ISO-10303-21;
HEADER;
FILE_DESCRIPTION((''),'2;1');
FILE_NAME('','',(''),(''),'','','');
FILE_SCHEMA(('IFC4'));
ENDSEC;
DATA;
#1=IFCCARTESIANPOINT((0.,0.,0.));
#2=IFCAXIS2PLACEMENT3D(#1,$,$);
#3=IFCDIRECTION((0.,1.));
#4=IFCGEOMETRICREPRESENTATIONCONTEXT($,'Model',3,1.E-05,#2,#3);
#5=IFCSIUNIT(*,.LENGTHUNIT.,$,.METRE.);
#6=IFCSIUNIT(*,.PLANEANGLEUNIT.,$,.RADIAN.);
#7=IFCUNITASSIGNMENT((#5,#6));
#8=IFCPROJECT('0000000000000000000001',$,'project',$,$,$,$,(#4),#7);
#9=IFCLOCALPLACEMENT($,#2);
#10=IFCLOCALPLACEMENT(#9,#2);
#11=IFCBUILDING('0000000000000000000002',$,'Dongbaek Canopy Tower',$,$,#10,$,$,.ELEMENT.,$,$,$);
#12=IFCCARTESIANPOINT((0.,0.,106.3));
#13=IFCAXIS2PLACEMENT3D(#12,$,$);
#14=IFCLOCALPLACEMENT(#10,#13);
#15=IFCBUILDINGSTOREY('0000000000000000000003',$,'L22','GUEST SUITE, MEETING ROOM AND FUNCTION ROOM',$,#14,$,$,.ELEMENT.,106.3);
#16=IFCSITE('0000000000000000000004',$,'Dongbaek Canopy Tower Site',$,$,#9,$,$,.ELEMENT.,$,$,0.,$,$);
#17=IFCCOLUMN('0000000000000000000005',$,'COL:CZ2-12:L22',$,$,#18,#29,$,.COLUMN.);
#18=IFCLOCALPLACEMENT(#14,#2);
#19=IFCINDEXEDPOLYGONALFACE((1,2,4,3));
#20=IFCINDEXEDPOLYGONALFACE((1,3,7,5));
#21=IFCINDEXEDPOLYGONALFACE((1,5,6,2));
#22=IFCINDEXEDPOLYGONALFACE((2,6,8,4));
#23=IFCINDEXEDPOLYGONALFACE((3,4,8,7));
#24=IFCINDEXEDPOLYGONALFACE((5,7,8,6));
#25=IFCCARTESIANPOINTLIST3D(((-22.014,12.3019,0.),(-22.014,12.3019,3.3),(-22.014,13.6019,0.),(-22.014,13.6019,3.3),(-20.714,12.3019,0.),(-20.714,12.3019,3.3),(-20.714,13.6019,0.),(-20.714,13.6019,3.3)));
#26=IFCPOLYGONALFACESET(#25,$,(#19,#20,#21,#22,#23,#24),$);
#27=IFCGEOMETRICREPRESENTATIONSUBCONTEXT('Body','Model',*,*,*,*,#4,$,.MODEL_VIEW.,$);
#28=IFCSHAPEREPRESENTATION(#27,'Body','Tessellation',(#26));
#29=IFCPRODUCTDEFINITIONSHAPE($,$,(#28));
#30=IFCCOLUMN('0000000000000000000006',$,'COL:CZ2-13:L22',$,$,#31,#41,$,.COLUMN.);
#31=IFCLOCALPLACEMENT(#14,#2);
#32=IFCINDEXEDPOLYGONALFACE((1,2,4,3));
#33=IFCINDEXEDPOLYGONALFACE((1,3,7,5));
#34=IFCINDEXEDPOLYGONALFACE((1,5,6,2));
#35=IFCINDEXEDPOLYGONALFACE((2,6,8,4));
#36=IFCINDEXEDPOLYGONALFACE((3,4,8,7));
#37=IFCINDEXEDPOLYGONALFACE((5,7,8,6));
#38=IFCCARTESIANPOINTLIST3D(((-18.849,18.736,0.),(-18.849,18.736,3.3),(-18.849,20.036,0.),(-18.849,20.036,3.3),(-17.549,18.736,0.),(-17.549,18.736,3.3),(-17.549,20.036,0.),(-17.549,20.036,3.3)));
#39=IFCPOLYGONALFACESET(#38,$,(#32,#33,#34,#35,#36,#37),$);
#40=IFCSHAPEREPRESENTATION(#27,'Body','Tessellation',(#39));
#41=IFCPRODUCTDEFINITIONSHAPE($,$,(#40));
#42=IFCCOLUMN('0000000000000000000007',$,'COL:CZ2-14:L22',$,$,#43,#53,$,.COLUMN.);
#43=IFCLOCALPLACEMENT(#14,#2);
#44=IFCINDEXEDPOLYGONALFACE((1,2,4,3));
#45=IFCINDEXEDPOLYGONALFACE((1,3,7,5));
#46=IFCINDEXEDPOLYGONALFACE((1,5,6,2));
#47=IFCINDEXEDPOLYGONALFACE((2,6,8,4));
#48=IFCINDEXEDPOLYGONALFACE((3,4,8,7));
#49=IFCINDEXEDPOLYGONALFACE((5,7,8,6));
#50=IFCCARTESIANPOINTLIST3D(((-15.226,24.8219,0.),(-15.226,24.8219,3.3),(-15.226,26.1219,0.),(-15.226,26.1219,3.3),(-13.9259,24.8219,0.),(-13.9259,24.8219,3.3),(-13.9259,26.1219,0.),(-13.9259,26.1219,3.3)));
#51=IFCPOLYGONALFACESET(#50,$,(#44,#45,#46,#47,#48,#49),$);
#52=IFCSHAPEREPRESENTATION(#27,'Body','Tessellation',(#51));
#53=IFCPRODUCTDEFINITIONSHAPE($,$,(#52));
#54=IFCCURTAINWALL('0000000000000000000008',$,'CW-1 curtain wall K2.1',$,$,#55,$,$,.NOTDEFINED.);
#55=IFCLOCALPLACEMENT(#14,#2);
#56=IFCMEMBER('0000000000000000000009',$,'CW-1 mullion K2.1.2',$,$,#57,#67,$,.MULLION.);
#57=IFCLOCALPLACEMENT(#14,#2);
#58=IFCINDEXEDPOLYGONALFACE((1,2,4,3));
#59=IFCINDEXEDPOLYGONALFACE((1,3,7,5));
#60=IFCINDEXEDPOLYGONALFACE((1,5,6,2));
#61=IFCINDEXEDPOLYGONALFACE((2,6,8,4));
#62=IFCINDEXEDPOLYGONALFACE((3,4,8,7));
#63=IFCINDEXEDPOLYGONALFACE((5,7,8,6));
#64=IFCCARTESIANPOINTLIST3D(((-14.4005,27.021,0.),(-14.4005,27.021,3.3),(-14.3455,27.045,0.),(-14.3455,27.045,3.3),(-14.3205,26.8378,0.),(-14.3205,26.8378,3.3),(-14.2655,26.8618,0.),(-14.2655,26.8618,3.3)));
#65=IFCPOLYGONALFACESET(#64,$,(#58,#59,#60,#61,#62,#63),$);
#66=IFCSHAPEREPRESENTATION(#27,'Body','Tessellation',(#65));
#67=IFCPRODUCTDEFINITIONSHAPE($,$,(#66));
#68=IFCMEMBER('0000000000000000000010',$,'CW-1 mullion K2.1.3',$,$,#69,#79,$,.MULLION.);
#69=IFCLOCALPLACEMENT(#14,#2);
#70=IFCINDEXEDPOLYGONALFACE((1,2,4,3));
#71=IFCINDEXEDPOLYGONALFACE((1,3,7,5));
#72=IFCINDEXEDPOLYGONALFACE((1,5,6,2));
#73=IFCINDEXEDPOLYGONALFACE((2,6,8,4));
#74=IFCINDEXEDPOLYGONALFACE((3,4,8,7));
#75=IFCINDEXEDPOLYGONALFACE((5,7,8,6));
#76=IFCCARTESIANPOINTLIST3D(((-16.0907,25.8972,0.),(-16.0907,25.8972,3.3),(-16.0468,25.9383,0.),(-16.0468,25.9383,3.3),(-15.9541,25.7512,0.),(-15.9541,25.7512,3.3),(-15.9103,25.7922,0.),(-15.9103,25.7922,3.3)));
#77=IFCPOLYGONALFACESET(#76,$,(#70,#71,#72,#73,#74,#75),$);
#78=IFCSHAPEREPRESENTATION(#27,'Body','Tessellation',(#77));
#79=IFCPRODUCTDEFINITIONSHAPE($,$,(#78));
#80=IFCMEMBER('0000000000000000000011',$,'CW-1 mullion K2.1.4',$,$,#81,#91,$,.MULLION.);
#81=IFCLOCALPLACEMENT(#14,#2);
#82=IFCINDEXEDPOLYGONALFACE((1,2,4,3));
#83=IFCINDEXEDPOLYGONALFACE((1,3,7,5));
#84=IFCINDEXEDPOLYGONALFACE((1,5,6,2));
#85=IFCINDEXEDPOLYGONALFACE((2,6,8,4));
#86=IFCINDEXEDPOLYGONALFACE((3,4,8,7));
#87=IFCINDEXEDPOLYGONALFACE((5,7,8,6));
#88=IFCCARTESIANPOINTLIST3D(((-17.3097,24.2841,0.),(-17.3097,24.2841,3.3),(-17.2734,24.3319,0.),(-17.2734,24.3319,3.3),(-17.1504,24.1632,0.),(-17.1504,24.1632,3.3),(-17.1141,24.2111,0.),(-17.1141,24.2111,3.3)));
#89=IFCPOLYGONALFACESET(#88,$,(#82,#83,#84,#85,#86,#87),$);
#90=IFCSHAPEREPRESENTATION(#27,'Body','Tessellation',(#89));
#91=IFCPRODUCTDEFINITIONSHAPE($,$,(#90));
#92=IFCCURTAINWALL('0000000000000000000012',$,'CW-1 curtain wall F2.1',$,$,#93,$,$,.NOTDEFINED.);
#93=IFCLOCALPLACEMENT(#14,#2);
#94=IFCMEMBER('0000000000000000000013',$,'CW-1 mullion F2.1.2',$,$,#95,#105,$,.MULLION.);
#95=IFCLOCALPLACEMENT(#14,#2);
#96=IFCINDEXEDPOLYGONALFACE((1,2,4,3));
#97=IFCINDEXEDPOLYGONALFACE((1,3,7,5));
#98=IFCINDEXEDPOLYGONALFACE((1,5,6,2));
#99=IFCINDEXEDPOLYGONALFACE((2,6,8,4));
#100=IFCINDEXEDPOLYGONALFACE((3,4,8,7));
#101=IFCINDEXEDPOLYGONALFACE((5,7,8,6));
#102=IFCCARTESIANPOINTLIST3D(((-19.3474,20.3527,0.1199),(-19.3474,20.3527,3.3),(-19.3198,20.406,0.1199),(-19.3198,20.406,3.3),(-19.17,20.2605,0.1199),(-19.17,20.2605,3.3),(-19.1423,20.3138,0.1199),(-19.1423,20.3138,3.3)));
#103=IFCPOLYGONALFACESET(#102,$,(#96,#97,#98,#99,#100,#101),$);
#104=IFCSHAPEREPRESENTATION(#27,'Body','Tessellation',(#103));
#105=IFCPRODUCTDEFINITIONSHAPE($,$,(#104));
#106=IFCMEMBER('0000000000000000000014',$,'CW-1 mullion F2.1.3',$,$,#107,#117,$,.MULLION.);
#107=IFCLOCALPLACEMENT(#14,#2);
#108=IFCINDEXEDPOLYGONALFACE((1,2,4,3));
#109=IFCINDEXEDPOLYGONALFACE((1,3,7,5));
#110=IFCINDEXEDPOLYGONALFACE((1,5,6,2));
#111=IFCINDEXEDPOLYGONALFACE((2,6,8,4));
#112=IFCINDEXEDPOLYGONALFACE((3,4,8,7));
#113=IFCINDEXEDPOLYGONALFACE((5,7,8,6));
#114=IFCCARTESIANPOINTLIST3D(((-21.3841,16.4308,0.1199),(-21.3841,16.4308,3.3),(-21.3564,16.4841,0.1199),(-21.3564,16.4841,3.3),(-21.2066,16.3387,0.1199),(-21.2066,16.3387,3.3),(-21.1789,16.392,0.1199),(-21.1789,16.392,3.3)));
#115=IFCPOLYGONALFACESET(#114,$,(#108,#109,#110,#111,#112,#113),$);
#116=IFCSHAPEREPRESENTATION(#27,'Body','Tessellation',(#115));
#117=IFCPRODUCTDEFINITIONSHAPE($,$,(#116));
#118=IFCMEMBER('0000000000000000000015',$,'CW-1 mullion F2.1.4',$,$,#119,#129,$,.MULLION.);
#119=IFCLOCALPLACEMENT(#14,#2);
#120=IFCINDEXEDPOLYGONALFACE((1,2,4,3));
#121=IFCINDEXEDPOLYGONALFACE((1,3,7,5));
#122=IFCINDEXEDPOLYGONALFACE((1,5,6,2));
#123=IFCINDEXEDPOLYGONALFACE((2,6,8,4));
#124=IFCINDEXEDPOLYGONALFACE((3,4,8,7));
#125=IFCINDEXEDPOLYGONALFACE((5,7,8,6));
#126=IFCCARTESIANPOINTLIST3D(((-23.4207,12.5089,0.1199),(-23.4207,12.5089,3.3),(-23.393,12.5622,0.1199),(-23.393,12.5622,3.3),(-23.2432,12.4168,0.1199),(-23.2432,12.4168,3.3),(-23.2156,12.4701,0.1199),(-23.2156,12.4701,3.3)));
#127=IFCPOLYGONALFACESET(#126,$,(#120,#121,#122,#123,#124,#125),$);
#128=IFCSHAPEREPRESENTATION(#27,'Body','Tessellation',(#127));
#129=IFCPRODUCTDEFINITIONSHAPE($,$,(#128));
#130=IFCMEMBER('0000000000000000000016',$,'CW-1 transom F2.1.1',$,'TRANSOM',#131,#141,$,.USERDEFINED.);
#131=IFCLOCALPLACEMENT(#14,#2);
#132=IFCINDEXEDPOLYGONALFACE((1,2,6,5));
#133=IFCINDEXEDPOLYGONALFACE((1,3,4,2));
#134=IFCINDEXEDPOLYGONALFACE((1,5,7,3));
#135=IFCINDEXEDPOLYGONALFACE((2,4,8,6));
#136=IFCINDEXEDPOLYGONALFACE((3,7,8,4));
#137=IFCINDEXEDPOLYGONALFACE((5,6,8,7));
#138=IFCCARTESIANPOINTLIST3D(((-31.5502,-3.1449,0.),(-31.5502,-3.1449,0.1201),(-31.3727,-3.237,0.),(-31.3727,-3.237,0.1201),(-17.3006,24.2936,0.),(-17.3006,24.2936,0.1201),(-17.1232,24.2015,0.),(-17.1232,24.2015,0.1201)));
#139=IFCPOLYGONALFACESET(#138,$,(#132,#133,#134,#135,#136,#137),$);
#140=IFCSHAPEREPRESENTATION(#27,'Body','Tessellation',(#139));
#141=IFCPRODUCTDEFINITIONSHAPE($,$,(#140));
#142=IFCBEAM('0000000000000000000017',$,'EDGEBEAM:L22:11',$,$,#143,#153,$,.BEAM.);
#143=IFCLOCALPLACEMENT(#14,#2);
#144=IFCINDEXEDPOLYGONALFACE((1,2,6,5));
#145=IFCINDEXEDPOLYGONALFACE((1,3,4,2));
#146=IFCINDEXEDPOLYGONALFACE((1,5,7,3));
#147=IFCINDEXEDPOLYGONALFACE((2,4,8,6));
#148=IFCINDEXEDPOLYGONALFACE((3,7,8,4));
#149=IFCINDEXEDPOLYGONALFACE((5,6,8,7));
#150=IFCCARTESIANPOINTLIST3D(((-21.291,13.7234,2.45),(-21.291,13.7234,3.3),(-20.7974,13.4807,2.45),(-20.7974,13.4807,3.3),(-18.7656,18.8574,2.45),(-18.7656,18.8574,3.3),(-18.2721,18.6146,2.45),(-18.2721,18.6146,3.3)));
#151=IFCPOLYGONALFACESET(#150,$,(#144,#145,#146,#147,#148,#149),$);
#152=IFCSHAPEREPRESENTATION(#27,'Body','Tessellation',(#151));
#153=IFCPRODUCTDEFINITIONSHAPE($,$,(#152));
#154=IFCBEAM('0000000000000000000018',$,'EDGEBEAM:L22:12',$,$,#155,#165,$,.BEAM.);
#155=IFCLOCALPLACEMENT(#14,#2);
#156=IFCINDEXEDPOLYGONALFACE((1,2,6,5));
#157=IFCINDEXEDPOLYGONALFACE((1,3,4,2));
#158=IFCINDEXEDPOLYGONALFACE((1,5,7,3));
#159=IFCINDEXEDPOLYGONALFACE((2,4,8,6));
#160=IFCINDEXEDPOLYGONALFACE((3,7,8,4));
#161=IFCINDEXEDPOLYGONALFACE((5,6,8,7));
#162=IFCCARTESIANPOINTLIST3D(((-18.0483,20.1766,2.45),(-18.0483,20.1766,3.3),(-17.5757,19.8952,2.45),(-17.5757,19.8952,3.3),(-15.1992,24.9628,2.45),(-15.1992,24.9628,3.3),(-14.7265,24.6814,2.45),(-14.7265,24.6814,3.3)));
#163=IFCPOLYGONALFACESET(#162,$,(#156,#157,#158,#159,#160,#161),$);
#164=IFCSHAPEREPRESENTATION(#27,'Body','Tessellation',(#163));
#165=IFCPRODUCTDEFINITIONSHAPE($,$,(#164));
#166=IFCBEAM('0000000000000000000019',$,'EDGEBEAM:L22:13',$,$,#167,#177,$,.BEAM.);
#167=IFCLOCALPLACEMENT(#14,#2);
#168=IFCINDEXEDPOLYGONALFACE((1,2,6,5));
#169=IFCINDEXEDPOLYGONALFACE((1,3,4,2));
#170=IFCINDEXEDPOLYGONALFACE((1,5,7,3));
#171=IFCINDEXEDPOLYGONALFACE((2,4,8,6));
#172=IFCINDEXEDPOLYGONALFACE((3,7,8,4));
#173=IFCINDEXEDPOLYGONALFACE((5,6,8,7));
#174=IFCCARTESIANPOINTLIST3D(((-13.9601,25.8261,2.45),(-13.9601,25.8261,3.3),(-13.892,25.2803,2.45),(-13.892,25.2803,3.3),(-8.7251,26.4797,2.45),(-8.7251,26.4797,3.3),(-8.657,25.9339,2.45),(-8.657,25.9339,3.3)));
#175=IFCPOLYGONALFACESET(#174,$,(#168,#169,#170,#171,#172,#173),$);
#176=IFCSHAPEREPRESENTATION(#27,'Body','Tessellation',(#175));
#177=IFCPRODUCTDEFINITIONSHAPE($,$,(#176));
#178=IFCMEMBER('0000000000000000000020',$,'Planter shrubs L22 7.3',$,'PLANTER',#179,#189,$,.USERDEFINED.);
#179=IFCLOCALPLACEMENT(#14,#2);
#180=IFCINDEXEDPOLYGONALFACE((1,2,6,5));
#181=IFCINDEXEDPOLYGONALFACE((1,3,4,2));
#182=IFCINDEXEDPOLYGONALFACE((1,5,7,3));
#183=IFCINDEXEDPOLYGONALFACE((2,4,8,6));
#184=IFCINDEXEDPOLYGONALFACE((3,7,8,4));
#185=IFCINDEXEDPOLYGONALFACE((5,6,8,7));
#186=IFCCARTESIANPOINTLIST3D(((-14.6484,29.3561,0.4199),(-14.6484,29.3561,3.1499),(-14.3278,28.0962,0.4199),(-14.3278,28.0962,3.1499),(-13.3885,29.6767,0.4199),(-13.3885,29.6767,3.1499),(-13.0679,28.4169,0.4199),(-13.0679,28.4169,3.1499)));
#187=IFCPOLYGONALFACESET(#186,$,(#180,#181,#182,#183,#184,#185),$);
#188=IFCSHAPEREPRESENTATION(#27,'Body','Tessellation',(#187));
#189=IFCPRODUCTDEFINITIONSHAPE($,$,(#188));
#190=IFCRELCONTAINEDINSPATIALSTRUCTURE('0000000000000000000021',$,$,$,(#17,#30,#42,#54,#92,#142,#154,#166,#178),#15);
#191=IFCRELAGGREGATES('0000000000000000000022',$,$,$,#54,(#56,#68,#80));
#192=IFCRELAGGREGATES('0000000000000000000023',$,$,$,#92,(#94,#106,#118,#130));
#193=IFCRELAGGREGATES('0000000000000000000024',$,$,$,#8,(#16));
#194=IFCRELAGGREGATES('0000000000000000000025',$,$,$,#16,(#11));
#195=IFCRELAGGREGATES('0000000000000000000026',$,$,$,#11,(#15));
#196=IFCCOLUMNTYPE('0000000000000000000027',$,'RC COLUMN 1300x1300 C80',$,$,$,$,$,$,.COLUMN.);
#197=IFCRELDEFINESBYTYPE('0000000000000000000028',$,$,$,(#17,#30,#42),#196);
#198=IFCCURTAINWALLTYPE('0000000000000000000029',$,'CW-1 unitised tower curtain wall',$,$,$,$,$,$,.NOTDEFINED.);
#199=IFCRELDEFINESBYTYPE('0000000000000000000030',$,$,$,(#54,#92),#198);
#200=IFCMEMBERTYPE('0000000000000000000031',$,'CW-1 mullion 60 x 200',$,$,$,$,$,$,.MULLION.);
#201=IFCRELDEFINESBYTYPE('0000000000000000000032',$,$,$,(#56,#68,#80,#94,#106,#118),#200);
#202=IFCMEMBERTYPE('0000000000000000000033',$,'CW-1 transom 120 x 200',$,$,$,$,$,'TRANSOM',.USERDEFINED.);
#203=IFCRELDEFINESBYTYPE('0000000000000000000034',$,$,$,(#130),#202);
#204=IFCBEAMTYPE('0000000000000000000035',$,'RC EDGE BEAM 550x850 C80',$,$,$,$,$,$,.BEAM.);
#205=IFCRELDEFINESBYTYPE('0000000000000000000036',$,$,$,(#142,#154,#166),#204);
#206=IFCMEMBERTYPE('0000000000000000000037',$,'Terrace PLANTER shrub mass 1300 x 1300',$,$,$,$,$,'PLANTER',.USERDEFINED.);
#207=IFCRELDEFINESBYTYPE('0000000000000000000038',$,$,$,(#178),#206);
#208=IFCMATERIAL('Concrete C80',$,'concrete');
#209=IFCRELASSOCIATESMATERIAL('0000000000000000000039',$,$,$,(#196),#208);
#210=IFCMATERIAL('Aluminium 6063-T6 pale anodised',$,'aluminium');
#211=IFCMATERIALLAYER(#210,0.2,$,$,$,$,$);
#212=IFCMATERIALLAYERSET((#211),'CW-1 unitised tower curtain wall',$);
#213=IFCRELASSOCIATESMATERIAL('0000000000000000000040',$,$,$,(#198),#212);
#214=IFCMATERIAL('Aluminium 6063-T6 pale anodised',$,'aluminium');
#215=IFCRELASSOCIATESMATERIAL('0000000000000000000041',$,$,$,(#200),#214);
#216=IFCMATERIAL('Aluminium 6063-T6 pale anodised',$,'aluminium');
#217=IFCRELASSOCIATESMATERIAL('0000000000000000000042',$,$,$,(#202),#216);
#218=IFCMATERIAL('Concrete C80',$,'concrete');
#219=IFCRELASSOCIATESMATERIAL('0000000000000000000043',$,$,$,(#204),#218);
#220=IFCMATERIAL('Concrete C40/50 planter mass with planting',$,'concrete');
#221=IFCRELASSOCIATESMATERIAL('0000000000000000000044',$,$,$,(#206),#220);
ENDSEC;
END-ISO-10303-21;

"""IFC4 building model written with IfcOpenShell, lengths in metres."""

from ifc_helpers import new_model, si_unit, direction, frame, origin, origin_2d, place, context, subcontext, project, spatial, rectangle, extrude, material, layer, layer_set, material_profile, profile_set, type_object, element, aggregate, save


model = new_model("IFC4")

# Units and contexts
model_context = context("Model", 3, precision=1e-05, world=origin(), true_north=direction((0.0, 1.0)))
body_context = subcontext(model_context, "Body", "Model", "MODEL_VIEW")
ifc_project = project(units=[si_unit("LENGTHUNIT", "METRE"), si_unit("PLANEANGLEUNIT", "RADIAN")], contexts=[model_context])

# Site, building, storey
site_placement = place(None, origin())
site = spatial("IfcSite", under=ifc_project, at=site_placement, Name="Dongbaek Canopy Tower Site", CompositionType="ELEMENT", RefElevation=0.0)
building_placement = place(site_placement, origin())
building = spatial("IfcBuilding", under=site, at=building_placement, Name="Dongbaek Canopy Tower", CompositionType="ELEMENT")
storey_placement = place(building_placement, frame((0.0, 0.0, 106.3)))
storey = spatial("IfcBuildingStorey", under=building, at=storey_placement, Name="L22", Description="GUEST SUITE, MEETING ROOM AND FUNCTION ROOM", CompositionType="ELEMENT", Elevation=106.3)

# Columns
ifc_material_1 = material(Name="Concrete C80", Category="concrete")
ifc_material_profile_1 = material_profile(ifc_material_1, rectangle(XDim=1.3, YDim=1.3, at=origin_2d()), Name="RC COLUMN 1300x1300 C80")
ifc_profile_set_1 = profile_set([ifc_material_profile_1], Name="Concrete C80")
column_type = type_object("IfcColumnType", Name="RC COLUMN 1300x1300 C80", PredefinedType="COLUMN", material=ifc_profile_set_1)
for number, where, z_axis, x_axis, name in (
    (1, (-21.364, 12.9519, 0.0), (0.0, 0.0, 1.0), (1.0, 0.0, 0.0), "COL:CZ2-12:L22"),
    (2, (-18.199, 19.386, 0.0), (0.0, 0.0, 1.0), (1.0, 0.0, 0.0), "COL:CZ2-13:L22"),
    (3, (-14.5759, 25.4719, 0.0), (0.0, 0.0, 1.0), (1.0, 0.0, 0.0), "COL:CZ2-14:L22"),
):
    element("IfcColumn", number, at=place(storey_placement, frame(where, z_axis=z_axis, x_axis=x_axis)), inside=storey, type_object=column_type, Name=name, PredefinedType="COLUMN", context=body_context, shape_type="SweptSolid", body=[
        extrude(rectangle(XDim=1.3, YDim=1.3, at=origin_2d()), origin(), (0.0, 0.0, 1.0), 3.3),
    ])

# Curtain walls, members
ifc_material_2 = material(Name="Aluminium 6063-T6 pale anodised", Category="aluminium")
ifc_layer_1 = layer(ifc_material_2, 0.2)
ifc_layer_set_1 = layer_set([ifc_layer_1], Name="CW-1 unitised tower curtain wall")
curtain_wall_type = type_object("IfcCurtainWallType", Name="CW-1 unitised tower curtain wall", PredefinedType="NOTDEFINED", material=ifc_layer_set_1)
curtain_wall_1_placement = place(storey_placement, origin())
curtain_wall_1 = element("IfcCurtainWall", 4, at=curtain_wall_1_placement, inside=storey, type_object=curtain_wall_type, Name="CW-1 curtain wall K2.1", PredefinedType="NOTDEFINED")
ifc_material_3 = material(Name="Aluminium 6063-T6 pale anodised", Category="aluminium")
ifc_material_profile_2 = material_profile(ifc_material_3, rectangle(XDim=0.2, YDim=0.0601, at=origin_2d()), Name="CW-1 mullion 60 x 200")
ifc_profile_set_2 = profile_set([ifc_material_profile_2], Name="Aluminium 6063-T6 pale anodised")
member_type_1 = type_object("IfcMemberType", Name="CW-1 mullion 60 x 200", PredefinedType="MULLION", material=ifc_profile_set_2)
member_1_placement = place(storey_placement, frame((-14.333, 26.9414, 0.0), z_axis=(0.0, 0.0, 1.0), x_axis=(-0.400265, 0.916399, 0.0)))
member_1 = element("IfcMember", 5, at=member_1_placement, type_object=member_type_1, Name="CW-1 mullion K2.1.2", PredefinedType="MULLION", context=body_context, shape_type="SweptSolid", body=[
    extrude(rectangle(XDim=0.2, YDim=0.0601, at=origin_2d()), origin(), (0.0, 0.0, 1.0), 3.3),
])
member_2_placement = place(storey_placement, frame((-16.0005, 25.8447, 0.0), z_axis=(0.0, 0.0, 1.0), x_axis=(-0.682961, 0.730455, 0.0)))
member_2 = element("IfcMember", 6, at=member_2_placement, type_object=member_type_1, Name="CW-1 mullion K2.1.3", PredefinedType="MULLION", context=body_context, shape_type="SweptSolid", body=[
    extrude(rectangle(XDim=0.2, YDim=0.0601, at=origin_2d()), origin(), (0.0, 0.0, 1.0), 3.3),
])
member_3_placement = place(storey_placement, frame((-17.2119, 24.2476, 0.0), z_axis=(0.0, 0.0, 1.0), x_axis=(-0.796696, 0.60438, 0.0)))
member_3 = element("IfcMember", 7, at=member_3_placement, type_object=member_type_1, Name="CW-1 mullion K2.1.4", PredefinedType="MULLION", context=body_context, shape_type="SweptSolid", body=[
    extrude(rectangle(XDim=0.2, YDim=0.0601, at=origin_2d()), origin(), (0.0, 0.0, 1.0), 3.3),
])
curtain_wall_2_placement = place(storey_placement, origin())
curtain_wall_2 = element("IfcCurtainWall", 8, at=curtain_wall_2_placement, inside=storey, type_object=curtain_wall_type, Name="CW-1 curtain wall F2.1", PredefinedType="NOTDEFINED")
member_4_placement = place(storey_placement, frame((-19.2449, 20.3333, 0.1199), z_axis=(0.0, 0.0, 1.0), x_axis=(-0.887463, 0.46088, 0.0)))
member_4 = element("IfcMember", 9, at=member_4_placement, type_object=member_type_1, Name="CW-1 mullion F2.1.2", PredefinedType="MULLION", context=body_context, shape_type="SweptSolid", body=[
    extrude(rectangle(XDim=0.2, YDim=0.0601, at=origin_2d()), origin(), (0.0, 0.0, 1.0), 3.1802),
])
member_5_placement = place(storey_placement, frame((-21.2815, 16.4114, 0.1199), z_axis=(0.0, 0.0, 1.0), x_axis=(-0.887463, 0.46088, 0.0)))
member_5 = element("IfcMember", 10, at=member_5_placement, type_object=member_type_1, Name="CW-1 mullion F2.1.3", PredefinedType="MULLION", context=body_context, shape_type="SweptSolid", body=[
    extrude(rectangle(XDim=0.2, YDim=0.0601, at=origin_2d()), origin(), (0.0, 0.0, 1.0), 3.1802),
])
member_6_placement = place(storey_placement, frame((-23.3181, 12.4895, 0.1199), z_axis=(0.0, 0.0, 1.0), x_axis=(-0.887463, 0.46088, 0.0)))
member_6 = element("IfcMember", 11, at=member_6_placement, type_object=member_type_1, Name="CW-1 mullion F2.1.4", PredefinedType="MULLION", context=body_context, shape_type="SweptSolid", body=[
    extrude(rectangle(XDim=0.2, YDim=0.0601, at=origin_2d()), origin(), (0.0, 0.0, 1.0), 3.1802),
])
ifc_material_4 = material(Name="Aluminium 6063-T6 pale anodised", Category="aluminium")
ifc_material_profile_3 = material_profile(ifc_material_4, rectangle(XDim=0.2, YDim=0.1201, at=origin_2d()), Name="CW-1 transom 120 x 200")
ifc_profile_set_3 = profile_set([ifc_material_profile_3], Name="Aluminium 6063-T6 pale anodised")
member_type_2 = type_object("IfcMemberType", Name="CW-1 transom 120 x 200", ElementType="TRANSOM", PredefinedType="USERDEFINED", material=ifc_profile_set_3)
member_7_placement = place(storey_placement, frame((-17.2119, 24.2476, 0.0601), z_axis=(-0.460882, -0.887462, 0.0), x_axis=(0.887462, -0.460882, 0.0)))
member_7 = element("IfcMember", 12, at=member_7_placement, type_object=member_type_2, Name="CW-1 transom F2.1.1", ObjectType="TRANSOM", PredefinedType="USERDEFINED", context=body_context, shape_type="SweptSolid", body=[
    extrude(rectangle(XDim=0.2, YDim=0.1201, at=origin_2d()), origin(), (0.0, 0.0, 1.0), 30.918),
])

# Beams
ifc_material_5 = material(Name="Concrete C80", Category="concrete")
ifc_material_profile_4 = material_profile(ifc_material_5, rectangle(XDim=0.55, YDim=0.8501, at=origin_2d()), Name="RC EDGE BEAM 550x850 C80")
ifc_profile_set_4 = profile_set([ifc_material_profile_4], Name="Concrete C80")
beam_type = type_object("IfcBeamType", Name="RC EDGE BEAM 550x850 C80", PredefinedType="BEAM", material=ifc_profile_set_4)
beam_1_placement = place(storey_placement, frame((-21.0442, 13.6021, 2.875), z_axis=(0.441384, 0.897318, 0.0), x_axis=(-0.897318, 0.441384, 0.0)))
element("IfcBeam", 13, at=beam_1_placement, inside=storey, type_object=beam_type, Name="EDGEBEAM:L22:11", PredefinedType="BEAM", context=body_context, shape_type="SweptSolid", body=[
    extrude(rectangle(XDim=0.55, YDim=0.8501, at=origin_2d()), origin(), (0.0, 0.0, 1.0), 5.7214),
])
beam_2_placement = place(storey_placement, frame((-17.812, 20.0359, 2.875), z_axis=(0.511515, 0.859275, 0.0), x_axis=(-0.859275, 0.511515, 0.0)))
element("IfcBeam", 14, at=beam_2_placement, inside=storey, type_object=beam_type, Name="EDGEBEAM:L22:12", PredefinedType="BEAM", context=body_context, shape_type="SweptSolid", body=[
    extrude(rectangle(XDim=0.55, YDim=0.8501, at=origin_2d()), origin(), (0.0, 0.0, 1.0), 5.5701),
])
beam_3_placement = place(storey_placement, frame((-13.926, 25.5532, 2.875), z_axis=(0.992297, 0.123881, 0.0), x_axis=(-0.123881, 0.992297, 0.0)))
element("IfcBeam", 15, at=beam_3_placement, inside=storey, type_object=beam_type, Name="EDGEBEAM:L22:13", PredefinedType="BEAM", context=body_context, shape_type="SweptSolid", body=[
    extrude(rectangle(XDim=0.55, YDim=0.8501, at=origin_2d()), origin(), (0.0, 0.0, 1.0), 5.2756),
])

# Member
ifc_material_6 = material(Name="Concrete C40/50 planter mass with planting", Category="concrete")
ifc_material_profile_5 = material_profile(ifc_material_6, rectangle(XDim=1.3, YDim=1.3, at=origin_2d()), Name="Terrace PLANTER shrub mass 1300 x 1300")
ifc_profile_set_5 = profile_set([ifc_material_profile_5], Name="Concrete C40/50 planter mass with planting")
member_type_3 = type_object("IfcMemberType", Name="Terrace PLANTER shrub mass 1300 x 1300", ElementType="PLANTER", PredefinedType="USERDEFINED", material=ifc_profile_set_5)
member_8_placement = place(storey_placement, frame((-13.8582, 28.8865, 0.4199), z_axis=(0.0, 0.0, 1.0), x_axis=(-0.246657, 0.969103, 0.0)))
element("IfcMember", 16, at=member_8_placement, inside=storey, type_object=member_type_3, Name="Planter shrubs L22 7.3", ObjectType="PLANTER", PredefinedType="USERDEFINED", context=body_context, shape_type="SweptSolid", body=[
    extrude(rectangle(XDim=1.3, YDim=1.3, at=origin_2d()), origin(), (0.0, 0.0, 1.0), 2.73),
])

aggregate(curtain_wall_1, [member_1, member_2, member_3])

aggregate(curtain_wall_2, [member_4, member_5, member_6, member_7])

save(model, "model.ifc")
